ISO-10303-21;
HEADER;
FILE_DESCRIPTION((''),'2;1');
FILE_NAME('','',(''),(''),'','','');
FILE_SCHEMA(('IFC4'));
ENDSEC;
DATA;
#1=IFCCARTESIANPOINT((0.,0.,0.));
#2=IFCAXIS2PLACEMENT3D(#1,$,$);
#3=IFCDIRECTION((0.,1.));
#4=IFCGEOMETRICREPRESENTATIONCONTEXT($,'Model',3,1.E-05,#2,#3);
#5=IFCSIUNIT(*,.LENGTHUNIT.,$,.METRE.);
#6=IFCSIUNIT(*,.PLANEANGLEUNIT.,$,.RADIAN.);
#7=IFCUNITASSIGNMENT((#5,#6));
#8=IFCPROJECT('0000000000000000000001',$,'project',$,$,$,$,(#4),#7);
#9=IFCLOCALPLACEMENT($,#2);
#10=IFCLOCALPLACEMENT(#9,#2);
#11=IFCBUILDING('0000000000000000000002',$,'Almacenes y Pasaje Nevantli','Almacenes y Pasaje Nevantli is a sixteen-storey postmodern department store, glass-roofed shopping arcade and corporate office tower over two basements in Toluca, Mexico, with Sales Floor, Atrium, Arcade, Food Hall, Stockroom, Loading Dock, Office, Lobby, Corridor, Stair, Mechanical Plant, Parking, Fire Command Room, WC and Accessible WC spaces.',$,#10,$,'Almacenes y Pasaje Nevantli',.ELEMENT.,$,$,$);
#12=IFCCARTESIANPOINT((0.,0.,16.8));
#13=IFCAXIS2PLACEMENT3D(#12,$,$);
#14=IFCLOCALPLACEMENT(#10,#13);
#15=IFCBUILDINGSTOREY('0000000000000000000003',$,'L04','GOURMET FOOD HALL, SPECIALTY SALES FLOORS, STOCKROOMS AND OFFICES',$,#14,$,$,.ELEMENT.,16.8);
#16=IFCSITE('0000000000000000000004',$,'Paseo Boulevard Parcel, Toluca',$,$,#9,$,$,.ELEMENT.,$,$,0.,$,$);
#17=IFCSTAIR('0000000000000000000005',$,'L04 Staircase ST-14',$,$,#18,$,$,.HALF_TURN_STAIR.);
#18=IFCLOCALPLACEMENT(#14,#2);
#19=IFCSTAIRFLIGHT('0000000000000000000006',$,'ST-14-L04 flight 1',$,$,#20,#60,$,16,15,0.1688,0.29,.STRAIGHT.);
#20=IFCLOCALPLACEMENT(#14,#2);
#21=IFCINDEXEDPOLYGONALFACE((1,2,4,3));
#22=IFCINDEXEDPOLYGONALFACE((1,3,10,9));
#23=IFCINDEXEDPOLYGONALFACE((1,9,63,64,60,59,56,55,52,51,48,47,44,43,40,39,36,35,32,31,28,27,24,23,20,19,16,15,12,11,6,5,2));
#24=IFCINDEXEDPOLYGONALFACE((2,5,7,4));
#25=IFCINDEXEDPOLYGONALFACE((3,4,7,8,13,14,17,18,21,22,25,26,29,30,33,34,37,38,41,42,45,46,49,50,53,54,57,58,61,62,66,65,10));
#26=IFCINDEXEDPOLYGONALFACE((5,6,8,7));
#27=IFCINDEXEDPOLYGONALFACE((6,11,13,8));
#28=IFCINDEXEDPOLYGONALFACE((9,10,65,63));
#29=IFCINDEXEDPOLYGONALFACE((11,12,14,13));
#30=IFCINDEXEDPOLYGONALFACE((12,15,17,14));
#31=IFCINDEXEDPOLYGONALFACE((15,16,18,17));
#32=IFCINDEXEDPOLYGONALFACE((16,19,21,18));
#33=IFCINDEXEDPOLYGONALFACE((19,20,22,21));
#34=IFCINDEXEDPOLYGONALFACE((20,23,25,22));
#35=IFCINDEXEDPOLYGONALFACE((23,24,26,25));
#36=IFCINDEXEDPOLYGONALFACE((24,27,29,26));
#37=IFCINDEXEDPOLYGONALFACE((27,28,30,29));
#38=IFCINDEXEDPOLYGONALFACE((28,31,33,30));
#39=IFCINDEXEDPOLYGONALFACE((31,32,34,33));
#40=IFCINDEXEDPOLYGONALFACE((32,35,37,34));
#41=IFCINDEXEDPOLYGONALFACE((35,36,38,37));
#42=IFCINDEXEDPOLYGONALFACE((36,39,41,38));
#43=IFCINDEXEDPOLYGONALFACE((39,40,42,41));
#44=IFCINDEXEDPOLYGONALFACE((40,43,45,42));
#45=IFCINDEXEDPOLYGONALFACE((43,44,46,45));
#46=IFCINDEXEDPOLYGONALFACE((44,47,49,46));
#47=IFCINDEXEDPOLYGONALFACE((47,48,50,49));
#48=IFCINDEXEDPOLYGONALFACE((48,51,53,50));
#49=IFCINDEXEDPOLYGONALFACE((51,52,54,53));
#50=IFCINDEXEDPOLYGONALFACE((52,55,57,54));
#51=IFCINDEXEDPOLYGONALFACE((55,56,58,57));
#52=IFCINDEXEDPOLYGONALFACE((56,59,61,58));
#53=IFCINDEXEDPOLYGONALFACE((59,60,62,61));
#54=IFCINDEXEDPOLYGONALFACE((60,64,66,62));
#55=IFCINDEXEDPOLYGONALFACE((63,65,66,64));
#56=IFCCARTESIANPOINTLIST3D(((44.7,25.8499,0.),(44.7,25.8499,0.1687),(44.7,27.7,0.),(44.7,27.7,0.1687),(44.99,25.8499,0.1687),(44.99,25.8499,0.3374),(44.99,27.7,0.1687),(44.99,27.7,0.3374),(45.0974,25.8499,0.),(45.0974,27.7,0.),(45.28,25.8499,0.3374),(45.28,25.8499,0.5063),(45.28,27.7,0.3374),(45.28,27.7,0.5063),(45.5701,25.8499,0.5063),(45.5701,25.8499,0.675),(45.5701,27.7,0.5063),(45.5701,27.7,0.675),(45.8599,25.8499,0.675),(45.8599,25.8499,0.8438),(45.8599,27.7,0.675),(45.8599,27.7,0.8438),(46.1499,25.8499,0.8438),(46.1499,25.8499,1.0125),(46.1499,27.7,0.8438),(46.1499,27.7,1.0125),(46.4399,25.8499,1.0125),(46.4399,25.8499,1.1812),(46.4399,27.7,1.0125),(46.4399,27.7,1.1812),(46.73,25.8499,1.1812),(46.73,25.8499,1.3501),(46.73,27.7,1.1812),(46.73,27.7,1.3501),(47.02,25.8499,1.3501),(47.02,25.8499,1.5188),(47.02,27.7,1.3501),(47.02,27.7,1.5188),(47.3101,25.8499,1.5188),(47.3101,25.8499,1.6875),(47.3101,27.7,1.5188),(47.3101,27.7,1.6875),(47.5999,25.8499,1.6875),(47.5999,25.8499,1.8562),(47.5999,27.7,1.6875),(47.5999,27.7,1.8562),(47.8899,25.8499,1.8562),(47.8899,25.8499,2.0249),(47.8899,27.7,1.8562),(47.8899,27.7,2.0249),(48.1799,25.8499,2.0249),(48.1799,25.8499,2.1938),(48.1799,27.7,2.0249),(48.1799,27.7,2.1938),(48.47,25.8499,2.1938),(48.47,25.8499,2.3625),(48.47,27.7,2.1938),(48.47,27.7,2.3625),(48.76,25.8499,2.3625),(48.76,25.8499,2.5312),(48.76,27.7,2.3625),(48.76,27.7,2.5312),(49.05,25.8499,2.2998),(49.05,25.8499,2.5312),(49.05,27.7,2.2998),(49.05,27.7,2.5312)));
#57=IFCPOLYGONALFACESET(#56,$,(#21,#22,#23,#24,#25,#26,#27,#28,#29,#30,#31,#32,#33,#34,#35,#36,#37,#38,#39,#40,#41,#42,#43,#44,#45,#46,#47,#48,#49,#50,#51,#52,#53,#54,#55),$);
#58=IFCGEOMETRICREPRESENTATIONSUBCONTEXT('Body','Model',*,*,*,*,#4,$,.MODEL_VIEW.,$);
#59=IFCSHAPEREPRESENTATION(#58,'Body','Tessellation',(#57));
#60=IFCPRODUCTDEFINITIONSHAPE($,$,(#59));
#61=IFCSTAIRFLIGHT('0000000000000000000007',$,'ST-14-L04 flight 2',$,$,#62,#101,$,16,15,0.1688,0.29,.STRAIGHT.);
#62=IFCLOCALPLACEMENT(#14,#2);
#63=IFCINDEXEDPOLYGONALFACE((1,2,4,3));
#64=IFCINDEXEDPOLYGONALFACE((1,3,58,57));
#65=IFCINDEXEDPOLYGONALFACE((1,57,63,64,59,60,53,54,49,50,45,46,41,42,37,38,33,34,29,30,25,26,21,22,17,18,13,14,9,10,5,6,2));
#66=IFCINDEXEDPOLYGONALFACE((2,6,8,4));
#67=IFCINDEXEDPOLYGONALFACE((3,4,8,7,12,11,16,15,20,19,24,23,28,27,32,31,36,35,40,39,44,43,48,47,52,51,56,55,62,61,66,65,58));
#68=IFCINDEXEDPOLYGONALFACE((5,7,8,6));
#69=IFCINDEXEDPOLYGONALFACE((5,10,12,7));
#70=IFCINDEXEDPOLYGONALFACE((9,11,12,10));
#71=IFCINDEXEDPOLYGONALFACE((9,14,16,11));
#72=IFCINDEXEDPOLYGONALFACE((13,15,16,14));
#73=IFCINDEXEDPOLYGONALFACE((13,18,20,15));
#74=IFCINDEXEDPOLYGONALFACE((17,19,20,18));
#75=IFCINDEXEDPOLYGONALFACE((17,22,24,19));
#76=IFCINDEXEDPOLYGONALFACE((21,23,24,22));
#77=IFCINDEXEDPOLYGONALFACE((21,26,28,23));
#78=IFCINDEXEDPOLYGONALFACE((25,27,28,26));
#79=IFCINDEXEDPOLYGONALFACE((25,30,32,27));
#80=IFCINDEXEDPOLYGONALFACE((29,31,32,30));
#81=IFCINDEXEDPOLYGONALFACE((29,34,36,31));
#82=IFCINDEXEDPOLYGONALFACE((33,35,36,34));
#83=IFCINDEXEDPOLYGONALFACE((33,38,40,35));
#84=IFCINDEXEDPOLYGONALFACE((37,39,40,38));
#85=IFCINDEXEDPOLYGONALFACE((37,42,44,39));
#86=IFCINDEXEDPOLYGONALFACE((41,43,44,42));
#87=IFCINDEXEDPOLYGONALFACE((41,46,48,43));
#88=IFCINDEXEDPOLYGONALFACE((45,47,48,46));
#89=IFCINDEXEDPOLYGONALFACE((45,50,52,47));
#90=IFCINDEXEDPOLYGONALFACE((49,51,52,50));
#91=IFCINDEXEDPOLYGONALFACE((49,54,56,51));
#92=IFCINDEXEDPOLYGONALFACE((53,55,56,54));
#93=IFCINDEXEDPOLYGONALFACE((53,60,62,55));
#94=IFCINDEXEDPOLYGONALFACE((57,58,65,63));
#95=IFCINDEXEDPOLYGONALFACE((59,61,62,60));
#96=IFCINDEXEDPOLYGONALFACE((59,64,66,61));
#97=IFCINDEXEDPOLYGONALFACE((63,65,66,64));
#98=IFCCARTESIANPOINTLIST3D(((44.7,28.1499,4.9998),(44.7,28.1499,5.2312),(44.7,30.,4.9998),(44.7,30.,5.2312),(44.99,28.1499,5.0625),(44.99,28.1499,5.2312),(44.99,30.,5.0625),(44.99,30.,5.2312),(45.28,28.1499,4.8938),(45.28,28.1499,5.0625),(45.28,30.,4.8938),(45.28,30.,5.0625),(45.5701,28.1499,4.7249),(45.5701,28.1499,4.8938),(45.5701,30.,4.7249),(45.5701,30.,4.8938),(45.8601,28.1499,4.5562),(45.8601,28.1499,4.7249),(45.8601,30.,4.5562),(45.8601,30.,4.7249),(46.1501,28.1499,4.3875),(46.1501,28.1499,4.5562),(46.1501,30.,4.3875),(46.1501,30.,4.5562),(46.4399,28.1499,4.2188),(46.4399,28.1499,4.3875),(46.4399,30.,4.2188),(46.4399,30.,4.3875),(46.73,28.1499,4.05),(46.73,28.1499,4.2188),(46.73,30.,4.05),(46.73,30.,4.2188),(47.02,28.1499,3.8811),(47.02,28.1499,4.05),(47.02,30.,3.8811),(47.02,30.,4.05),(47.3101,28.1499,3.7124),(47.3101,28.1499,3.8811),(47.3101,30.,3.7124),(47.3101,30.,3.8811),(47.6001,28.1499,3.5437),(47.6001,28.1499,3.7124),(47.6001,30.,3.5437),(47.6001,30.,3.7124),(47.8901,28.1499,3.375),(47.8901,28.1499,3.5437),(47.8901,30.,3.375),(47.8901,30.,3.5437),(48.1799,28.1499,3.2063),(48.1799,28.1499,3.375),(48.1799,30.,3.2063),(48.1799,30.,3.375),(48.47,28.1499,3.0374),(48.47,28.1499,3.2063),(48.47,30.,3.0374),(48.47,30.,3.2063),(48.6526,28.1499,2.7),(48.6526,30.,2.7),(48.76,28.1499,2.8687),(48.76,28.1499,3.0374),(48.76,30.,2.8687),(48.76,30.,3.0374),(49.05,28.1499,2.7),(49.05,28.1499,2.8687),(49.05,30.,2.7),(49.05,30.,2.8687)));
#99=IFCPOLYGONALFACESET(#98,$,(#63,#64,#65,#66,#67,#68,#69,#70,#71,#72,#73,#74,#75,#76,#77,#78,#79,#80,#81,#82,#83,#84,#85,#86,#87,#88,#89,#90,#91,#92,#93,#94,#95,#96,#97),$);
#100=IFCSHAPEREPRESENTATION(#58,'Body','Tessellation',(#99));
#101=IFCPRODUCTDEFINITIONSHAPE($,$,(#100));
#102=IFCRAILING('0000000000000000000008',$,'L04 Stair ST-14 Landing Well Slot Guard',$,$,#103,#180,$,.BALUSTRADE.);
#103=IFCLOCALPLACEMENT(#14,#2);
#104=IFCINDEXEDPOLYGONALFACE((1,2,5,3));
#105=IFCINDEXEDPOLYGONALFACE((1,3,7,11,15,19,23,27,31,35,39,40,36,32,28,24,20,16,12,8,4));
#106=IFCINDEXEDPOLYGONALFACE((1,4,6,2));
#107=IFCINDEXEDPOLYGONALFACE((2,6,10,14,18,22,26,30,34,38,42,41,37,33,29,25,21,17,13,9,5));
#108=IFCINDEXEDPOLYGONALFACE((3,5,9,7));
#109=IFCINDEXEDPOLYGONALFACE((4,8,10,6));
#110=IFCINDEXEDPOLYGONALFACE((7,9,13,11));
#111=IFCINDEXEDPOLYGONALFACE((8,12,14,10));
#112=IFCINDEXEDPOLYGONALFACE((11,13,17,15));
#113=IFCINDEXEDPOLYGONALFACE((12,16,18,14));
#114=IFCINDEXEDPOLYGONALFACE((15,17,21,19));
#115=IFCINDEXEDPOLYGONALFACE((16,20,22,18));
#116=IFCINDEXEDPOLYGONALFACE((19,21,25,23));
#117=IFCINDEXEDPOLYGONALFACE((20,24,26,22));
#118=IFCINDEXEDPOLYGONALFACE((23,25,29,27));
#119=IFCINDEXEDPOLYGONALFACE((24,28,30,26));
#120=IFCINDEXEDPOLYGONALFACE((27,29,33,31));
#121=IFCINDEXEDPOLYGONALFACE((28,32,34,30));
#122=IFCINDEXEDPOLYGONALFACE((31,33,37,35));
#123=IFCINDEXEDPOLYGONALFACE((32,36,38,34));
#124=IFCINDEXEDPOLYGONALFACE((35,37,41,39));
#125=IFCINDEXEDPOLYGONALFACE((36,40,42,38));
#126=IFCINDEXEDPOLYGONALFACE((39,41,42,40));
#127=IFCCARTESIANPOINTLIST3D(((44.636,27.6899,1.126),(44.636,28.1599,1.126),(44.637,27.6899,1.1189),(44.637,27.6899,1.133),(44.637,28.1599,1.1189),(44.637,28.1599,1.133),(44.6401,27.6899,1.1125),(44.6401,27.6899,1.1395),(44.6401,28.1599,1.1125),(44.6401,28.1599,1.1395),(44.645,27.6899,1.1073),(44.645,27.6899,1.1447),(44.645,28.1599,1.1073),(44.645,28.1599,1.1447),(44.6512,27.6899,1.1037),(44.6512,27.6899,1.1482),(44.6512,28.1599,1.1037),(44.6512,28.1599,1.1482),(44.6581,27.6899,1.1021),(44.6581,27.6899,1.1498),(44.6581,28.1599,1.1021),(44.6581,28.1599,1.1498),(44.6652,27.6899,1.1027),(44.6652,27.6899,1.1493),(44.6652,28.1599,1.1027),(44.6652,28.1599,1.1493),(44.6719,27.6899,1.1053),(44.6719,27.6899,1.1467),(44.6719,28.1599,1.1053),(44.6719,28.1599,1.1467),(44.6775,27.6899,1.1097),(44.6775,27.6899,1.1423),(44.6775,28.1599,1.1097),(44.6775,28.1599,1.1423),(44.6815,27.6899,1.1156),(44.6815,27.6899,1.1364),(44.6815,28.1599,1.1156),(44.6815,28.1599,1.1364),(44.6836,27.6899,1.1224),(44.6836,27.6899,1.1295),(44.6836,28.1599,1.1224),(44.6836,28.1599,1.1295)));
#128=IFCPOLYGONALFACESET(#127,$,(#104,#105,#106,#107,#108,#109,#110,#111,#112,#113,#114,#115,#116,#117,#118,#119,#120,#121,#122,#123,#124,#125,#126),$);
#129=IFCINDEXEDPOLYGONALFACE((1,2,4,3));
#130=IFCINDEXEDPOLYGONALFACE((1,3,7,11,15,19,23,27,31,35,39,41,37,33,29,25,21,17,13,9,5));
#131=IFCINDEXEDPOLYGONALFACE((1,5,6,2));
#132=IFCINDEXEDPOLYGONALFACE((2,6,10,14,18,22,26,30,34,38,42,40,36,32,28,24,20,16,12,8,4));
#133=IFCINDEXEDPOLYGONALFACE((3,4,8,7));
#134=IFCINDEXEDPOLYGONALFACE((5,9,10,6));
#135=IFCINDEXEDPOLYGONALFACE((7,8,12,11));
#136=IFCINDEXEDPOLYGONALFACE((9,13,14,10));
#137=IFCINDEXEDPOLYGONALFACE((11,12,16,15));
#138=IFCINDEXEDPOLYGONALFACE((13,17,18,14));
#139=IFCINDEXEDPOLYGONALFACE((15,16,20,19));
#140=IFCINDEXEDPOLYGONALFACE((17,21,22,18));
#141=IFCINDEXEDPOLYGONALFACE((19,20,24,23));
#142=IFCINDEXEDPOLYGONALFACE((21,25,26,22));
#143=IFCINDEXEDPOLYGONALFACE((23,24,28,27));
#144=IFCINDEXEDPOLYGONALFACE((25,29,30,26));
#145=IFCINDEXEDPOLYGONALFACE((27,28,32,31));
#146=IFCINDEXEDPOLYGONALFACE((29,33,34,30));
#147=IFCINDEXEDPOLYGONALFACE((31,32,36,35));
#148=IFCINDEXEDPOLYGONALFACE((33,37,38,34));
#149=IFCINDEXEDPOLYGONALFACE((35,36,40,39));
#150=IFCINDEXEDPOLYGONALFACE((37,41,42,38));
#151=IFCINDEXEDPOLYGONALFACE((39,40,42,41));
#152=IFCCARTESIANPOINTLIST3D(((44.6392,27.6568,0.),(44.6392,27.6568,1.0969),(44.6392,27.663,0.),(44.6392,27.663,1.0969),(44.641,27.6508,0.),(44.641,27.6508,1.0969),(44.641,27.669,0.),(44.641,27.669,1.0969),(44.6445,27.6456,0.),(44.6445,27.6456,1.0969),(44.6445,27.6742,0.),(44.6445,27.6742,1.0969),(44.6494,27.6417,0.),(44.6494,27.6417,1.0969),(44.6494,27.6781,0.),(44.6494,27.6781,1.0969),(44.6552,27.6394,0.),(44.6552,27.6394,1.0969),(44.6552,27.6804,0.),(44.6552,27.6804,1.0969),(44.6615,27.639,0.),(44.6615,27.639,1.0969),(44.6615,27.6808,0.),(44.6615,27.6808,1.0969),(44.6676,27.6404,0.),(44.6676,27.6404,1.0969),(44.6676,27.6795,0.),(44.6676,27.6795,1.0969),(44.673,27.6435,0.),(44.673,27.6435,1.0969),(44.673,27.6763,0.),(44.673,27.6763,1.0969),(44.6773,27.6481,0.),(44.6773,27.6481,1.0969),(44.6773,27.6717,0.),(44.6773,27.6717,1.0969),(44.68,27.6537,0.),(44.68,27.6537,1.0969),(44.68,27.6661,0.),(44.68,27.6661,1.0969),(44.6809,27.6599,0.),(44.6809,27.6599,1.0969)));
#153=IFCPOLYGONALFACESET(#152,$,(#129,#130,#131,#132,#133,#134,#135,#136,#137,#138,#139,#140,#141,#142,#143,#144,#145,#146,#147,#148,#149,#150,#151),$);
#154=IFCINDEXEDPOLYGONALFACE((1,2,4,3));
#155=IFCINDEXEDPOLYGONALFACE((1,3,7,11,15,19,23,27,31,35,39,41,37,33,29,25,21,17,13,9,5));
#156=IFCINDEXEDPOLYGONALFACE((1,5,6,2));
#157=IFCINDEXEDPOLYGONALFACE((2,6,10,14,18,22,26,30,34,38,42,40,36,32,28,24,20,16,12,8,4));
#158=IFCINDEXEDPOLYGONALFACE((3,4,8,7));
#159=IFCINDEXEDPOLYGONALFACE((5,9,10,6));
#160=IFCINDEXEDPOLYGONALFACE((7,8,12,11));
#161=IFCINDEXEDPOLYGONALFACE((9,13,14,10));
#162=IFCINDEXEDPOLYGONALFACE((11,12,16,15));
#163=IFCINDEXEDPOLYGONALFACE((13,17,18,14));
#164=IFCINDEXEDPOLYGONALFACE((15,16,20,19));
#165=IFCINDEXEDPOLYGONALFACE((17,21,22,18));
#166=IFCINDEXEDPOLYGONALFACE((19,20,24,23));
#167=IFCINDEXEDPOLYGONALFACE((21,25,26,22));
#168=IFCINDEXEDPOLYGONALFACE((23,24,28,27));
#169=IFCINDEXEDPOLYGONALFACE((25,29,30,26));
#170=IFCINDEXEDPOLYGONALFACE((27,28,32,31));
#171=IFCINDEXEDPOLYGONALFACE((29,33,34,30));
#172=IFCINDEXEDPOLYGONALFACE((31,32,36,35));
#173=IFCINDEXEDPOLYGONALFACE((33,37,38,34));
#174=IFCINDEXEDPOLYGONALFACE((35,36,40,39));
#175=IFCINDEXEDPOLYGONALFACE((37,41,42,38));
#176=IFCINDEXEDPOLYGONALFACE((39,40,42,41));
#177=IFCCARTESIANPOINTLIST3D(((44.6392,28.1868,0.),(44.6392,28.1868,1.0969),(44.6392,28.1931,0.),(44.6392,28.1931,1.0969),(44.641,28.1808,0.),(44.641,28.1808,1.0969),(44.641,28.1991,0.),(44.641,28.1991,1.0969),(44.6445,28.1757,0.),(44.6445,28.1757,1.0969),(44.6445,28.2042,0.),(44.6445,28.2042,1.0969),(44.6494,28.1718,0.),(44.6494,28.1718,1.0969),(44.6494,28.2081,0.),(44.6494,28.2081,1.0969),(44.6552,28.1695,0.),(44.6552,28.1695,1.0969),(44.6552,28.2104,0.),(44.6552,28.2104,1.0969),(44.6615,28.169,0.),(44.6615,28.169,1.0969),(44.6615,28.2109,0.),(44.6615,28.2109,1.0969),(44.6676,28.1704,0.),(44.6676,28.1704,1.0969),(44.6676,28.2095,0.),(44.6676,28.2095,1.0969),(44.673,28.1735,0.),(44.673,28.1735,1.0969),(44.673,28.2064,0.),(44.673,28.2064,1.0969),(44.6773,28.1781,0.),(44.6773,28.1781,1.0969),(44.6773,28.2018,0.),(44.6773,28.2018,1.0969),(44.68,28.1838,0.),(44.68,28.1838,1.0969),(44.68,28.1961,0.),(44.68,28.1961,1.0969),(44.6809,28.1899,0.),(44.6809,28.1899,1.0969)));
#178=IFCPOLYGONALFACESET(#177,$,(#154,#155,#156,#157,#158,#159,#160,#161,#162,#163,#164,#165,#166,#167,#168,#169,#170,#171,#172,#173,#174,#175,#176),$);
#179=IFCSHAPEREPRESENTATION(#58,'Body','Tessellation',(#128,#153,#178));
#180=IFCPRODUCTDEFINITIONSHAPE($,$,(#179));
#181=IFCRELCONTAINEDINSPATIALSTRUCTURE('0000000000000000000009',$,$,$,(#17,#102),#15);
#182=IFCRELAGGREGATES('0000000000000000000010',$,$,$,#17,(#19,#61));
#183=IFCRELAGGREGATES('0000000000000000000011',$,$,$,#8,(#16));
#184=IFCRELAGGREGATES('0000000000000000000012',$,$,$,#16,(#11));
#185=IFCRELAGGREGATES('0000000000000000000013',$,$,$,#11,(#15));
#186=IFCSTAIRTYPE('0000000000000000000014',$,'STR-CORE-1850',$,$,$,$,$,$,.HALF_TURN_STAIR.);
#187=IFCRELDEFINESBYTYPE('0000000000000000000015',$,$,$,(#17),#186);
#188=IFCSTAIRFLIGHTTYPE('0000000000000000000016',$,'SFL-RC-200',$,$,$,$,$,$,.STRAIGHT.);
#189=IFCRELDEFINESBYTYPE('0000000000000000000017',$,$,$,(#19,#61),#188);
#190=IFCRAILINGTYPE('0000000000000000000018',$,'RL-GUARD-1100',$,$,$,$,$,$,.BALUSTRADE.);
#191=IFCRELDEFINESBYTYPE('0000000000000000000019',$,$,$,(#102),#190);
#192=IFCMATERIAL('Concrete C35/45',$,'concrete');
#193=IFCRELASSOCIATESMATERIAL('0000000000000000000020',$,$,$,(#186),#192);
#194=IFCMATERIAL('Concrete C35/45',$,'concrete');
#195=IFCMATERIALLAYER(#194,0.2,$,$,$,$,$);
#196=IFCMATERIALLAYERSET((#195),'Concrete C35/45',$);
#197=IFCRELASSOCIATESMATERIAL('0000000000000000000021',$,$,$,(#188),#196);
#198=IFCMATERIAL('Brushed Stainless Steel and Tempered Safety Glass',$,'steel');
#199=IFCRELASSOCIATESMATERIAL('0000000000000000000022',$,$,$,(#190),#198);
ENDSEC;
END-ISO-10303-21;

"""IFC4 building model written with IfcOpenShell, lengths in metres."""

from ifc_helpers import new_model, si_unit, direction, frame, origin, origin_2d, place, context, subcontext, project, spatial, polyline, circle, outline, extrude, material, layer, layer_set, type_object, element, aggregate, save


model = new_model("IFC4")

# Units and contexts
model_context = context("Model", 3, precision=1e-05, world=origin(), true_north=direction((0.0, 1.0)))
body_context = subcontext(model_context, "Body", "Model", "MODEL_VIEW")
ifc_project = project(units=[si_unit("LENGTHUNIT", "METRE"), si_unit("PLANEANGLEUNIT", "RADIAN")], contexts=[model_context])

# Site, building, storey
site_placement = place(None, origin())
site = spatial("IfcSite", under=ifc_project, at=site_placement, Name="Paseo Boulevard Parcel, Toluca", CompositionType="ELEMENT", RefElevation=0.0)
building_placement = place(site_placement, origin())
building = spatial("IfcBuilding", under=site, at=building_placement, Name="Almacenes y Pasaje Nevantli", Description="Almacenes y Pasaje Nevantli is a sixteen-storey postmodern department store, glass-roofed shopping arcade and corporate office tower over two basements in Toluca, Mexico, with Sales Floor, Atrium, Arcade, Food Hall, Stockroom, Loading Dock, Office, Lobby, Corridor, Stair, Mechanical Plant, Parking, Fire Command Room, WC and Accessible WC spaces.", LongName="Almacenes y Pasaje Nevantli", CompositionType="ELEMENT")
storey_placement = place(building_placement, frame((0.0, 0.0, 16.8)))
storey = spatial("IfcBuildingStorey", under=building, at=storey_placement, Name="L04", Description="GOURMET FOOD HALL, SPECIALTY SALES FLOORS, STOCKROOMS AND OFFICES", CompositionType="ELEMENT", Elevation=16.8)

# Stair, stair flights
ifc_material_1 = material(Name="Concrete C35/45", Category="concrete")
stair_type = type_object("IfcStairType", Name="STR-CORE-1850", PredefinedType="HALF_TURN_STAIR", material=ifc_material_1)
stair_placement = place(storey_placement, origin())
stair = element("IfcStair", 1, at=stair_placement, inside=storey, type_object=stair_type, Name="L04 Staircase ST-14", PredefinedType="HALF_TURN_STAIR")
ifc_material_2 = material(Name="Concrete C35/45", Category="concrete")
ifc_layer_1 = layer(ifc_material_2, 0.2)
ifc_layer_set_1 = layer_set([ifc_layer_1], Name="Concrete C35/45")
stair_flight_type = type_object("IfcStairFlightType", Name="SFL-RC-200", PredefinedType="STRAIGHT", material=ifc_layer_set_1)
stair_flight_1_placement = place(storey_placement, frame((44.7, 26.7749, 0.0), z_axis=(0.0, 0.0, 1.0), x_axis=(1.0, 0.0, 0.0)))
stair_flight_1 = element("IfcStairFlight", 2, at=stair_flight_1_placement, type_object=stair_flight_type, Name="ST-14-L04 flight 1", NumberOfRisers=16, NumberOfTreads=15, PredefinedType="STRAIGHT", RiserHeight=0.1688, TreadLength=0.29, context=body_context, shape_type="SweptSolid", body=[
    extrude(outline(polyline([(0.0, 0.0), (0.0, 0.1687), (0.29, 0.1687), (0.29, 0.3374), (0.5801, 0.3374), (0.5801, 0.5063), (0.8701, 0.5063), (0.8701, 0.675), (1.1599, 0.675), (1.1599, 0.8438), (1.45, 0.8438), (1.45, 1.0125), (1.74, 1.0125), (1.74, 1.1812), (2.03, 1.1812), (2.03, 1.3501), (2.3201, 1.3501), (2.3201, 1.5188), (2.6101, 1.5188), (2.6101, 1.6875), (2.8999, 1.6875), (2.8999, 1.8562), (3.1899, 1.8562), (3.1899, 2.0249), (3.48, 2.0249), (3.48, 2.1938), (3.77, 2.1938), (3.77, 2.3625), (4.0601, 2.3625), (4.0601, 2.5312), (4.3501, 2.5312), (4.3501, 2.7), (4.3501, 2.2998), (0.3975, 0.0), (0.0, 0.0)])), frame((0.0, 0.925, 0.0), z_axis=(0.0, -1.0, 0.0), x_axis=(1.0, 0.0, 0.0)), (0.0, 0.0, 1.0), 1.8501),
])
stair_flight_2_placement = place(storey_placement, frame((49.05, 29.075, 2.7), z_axis=(0.0, 0.0, 1.0), x_axis=(-1.0, 0.0, 0.0)))
stair_flight_2 = element("IfcStairFlight", 3, at=stair_flight_2_placement, type_object=stair_flight_type, Name="ST-14-L04 flight 2", NumberOfRisers=16, NumberOfTreads=15, PredefinedType="STRAIGHT", RiserHeight=0.1688, TreadLength=0.29, context=body_context, shape_type="SweptSolid", body=[
    extrude(outline(polyline([(0.0, 0.0), (0.0, 0.1687), (0.29, 0.1687), (0.29, 0.3374), (0.5801, 0.3374), (0.5801, 0.5063), (0.8701, 0.5063), (0.8701, 0.675), (1.1599, 0.675), (1.1599, 0.8438), (1.45, 0.8438), (1.45, 1.0125), (1.74, 1.0125), (1.74, 1.1812), (2.03, 1.1812), (2.03, 1.3501), (2.3201, 1.3501), (2.3201, 1.5188), (2.6101, 1.5188), (2.6101, 1.6875), (2.8999, 1.6875), (2.8999, 1.8562), (3.1899, 1.8562), (3.1899, 2.0249), (3.48, 2.0249), (3.48, 2.1938), (3.77, 2.1938), (3.77, 2.3625), (4.0601, 2.3625), (4.0601, 2.5312), (4.3501, 2.5312), (4.3501, 2.7), (4.3501, 2.2998), (0.3975, 0.0), (0.0, 0.0)])), frame((0.0, 0.925, 0.0), z_axis=(0.0, -1.0, 0.0), x_axis=(1.0, 0.0, 0.0)), (0.0, 0.0, 1.0), 1.8501),
])
aggregate(stair, [stair_flight_1, stair_flight_2])

# Railing
ifc_material_3 = material(Name="Brushed Stainless Steel and Tempered Safety Glass", Category="steel")
railing_type_1 = type_object("IfcRailingType", Name="RL-GUARD-1100", PredefinedType="BALUSTRADE", material=ifc_material_3)
railing_1_placement = place(storey_placement, frame((44.6599, 27.6599, 0.0)))
element("IfcRailing", 4, at=railing_1_placement, inside=storey, type_object=railing_type_1, Name="L04 Stair ST-14 Landing Well Slot Guard", PredefinedType="BALUSTRADE", context=body_context, shape_type="SweptSolid", body=[
    extrude(circle(Radius=0.0239, at=origin_2d()), frame((0.0, 0.03, 1.126), z_axis=(0.0, 1.0, 0.0), x_axis=(-1.0, 0.0, 0.0)), (0.0, 0.0, 1.0), 0.47),
    extrude(circle(Radius=0.021, at=origin_2d()), origin(), (0.0, 0.0, 1.0), 1.0969),
    extrude(circle(Radius=0.021, at=origin_2d()), frame((0.0, 0.53, 0.0)), (0.0, 0.0, 1.0), 1.0969),
])

save(model, "model.ifc")
